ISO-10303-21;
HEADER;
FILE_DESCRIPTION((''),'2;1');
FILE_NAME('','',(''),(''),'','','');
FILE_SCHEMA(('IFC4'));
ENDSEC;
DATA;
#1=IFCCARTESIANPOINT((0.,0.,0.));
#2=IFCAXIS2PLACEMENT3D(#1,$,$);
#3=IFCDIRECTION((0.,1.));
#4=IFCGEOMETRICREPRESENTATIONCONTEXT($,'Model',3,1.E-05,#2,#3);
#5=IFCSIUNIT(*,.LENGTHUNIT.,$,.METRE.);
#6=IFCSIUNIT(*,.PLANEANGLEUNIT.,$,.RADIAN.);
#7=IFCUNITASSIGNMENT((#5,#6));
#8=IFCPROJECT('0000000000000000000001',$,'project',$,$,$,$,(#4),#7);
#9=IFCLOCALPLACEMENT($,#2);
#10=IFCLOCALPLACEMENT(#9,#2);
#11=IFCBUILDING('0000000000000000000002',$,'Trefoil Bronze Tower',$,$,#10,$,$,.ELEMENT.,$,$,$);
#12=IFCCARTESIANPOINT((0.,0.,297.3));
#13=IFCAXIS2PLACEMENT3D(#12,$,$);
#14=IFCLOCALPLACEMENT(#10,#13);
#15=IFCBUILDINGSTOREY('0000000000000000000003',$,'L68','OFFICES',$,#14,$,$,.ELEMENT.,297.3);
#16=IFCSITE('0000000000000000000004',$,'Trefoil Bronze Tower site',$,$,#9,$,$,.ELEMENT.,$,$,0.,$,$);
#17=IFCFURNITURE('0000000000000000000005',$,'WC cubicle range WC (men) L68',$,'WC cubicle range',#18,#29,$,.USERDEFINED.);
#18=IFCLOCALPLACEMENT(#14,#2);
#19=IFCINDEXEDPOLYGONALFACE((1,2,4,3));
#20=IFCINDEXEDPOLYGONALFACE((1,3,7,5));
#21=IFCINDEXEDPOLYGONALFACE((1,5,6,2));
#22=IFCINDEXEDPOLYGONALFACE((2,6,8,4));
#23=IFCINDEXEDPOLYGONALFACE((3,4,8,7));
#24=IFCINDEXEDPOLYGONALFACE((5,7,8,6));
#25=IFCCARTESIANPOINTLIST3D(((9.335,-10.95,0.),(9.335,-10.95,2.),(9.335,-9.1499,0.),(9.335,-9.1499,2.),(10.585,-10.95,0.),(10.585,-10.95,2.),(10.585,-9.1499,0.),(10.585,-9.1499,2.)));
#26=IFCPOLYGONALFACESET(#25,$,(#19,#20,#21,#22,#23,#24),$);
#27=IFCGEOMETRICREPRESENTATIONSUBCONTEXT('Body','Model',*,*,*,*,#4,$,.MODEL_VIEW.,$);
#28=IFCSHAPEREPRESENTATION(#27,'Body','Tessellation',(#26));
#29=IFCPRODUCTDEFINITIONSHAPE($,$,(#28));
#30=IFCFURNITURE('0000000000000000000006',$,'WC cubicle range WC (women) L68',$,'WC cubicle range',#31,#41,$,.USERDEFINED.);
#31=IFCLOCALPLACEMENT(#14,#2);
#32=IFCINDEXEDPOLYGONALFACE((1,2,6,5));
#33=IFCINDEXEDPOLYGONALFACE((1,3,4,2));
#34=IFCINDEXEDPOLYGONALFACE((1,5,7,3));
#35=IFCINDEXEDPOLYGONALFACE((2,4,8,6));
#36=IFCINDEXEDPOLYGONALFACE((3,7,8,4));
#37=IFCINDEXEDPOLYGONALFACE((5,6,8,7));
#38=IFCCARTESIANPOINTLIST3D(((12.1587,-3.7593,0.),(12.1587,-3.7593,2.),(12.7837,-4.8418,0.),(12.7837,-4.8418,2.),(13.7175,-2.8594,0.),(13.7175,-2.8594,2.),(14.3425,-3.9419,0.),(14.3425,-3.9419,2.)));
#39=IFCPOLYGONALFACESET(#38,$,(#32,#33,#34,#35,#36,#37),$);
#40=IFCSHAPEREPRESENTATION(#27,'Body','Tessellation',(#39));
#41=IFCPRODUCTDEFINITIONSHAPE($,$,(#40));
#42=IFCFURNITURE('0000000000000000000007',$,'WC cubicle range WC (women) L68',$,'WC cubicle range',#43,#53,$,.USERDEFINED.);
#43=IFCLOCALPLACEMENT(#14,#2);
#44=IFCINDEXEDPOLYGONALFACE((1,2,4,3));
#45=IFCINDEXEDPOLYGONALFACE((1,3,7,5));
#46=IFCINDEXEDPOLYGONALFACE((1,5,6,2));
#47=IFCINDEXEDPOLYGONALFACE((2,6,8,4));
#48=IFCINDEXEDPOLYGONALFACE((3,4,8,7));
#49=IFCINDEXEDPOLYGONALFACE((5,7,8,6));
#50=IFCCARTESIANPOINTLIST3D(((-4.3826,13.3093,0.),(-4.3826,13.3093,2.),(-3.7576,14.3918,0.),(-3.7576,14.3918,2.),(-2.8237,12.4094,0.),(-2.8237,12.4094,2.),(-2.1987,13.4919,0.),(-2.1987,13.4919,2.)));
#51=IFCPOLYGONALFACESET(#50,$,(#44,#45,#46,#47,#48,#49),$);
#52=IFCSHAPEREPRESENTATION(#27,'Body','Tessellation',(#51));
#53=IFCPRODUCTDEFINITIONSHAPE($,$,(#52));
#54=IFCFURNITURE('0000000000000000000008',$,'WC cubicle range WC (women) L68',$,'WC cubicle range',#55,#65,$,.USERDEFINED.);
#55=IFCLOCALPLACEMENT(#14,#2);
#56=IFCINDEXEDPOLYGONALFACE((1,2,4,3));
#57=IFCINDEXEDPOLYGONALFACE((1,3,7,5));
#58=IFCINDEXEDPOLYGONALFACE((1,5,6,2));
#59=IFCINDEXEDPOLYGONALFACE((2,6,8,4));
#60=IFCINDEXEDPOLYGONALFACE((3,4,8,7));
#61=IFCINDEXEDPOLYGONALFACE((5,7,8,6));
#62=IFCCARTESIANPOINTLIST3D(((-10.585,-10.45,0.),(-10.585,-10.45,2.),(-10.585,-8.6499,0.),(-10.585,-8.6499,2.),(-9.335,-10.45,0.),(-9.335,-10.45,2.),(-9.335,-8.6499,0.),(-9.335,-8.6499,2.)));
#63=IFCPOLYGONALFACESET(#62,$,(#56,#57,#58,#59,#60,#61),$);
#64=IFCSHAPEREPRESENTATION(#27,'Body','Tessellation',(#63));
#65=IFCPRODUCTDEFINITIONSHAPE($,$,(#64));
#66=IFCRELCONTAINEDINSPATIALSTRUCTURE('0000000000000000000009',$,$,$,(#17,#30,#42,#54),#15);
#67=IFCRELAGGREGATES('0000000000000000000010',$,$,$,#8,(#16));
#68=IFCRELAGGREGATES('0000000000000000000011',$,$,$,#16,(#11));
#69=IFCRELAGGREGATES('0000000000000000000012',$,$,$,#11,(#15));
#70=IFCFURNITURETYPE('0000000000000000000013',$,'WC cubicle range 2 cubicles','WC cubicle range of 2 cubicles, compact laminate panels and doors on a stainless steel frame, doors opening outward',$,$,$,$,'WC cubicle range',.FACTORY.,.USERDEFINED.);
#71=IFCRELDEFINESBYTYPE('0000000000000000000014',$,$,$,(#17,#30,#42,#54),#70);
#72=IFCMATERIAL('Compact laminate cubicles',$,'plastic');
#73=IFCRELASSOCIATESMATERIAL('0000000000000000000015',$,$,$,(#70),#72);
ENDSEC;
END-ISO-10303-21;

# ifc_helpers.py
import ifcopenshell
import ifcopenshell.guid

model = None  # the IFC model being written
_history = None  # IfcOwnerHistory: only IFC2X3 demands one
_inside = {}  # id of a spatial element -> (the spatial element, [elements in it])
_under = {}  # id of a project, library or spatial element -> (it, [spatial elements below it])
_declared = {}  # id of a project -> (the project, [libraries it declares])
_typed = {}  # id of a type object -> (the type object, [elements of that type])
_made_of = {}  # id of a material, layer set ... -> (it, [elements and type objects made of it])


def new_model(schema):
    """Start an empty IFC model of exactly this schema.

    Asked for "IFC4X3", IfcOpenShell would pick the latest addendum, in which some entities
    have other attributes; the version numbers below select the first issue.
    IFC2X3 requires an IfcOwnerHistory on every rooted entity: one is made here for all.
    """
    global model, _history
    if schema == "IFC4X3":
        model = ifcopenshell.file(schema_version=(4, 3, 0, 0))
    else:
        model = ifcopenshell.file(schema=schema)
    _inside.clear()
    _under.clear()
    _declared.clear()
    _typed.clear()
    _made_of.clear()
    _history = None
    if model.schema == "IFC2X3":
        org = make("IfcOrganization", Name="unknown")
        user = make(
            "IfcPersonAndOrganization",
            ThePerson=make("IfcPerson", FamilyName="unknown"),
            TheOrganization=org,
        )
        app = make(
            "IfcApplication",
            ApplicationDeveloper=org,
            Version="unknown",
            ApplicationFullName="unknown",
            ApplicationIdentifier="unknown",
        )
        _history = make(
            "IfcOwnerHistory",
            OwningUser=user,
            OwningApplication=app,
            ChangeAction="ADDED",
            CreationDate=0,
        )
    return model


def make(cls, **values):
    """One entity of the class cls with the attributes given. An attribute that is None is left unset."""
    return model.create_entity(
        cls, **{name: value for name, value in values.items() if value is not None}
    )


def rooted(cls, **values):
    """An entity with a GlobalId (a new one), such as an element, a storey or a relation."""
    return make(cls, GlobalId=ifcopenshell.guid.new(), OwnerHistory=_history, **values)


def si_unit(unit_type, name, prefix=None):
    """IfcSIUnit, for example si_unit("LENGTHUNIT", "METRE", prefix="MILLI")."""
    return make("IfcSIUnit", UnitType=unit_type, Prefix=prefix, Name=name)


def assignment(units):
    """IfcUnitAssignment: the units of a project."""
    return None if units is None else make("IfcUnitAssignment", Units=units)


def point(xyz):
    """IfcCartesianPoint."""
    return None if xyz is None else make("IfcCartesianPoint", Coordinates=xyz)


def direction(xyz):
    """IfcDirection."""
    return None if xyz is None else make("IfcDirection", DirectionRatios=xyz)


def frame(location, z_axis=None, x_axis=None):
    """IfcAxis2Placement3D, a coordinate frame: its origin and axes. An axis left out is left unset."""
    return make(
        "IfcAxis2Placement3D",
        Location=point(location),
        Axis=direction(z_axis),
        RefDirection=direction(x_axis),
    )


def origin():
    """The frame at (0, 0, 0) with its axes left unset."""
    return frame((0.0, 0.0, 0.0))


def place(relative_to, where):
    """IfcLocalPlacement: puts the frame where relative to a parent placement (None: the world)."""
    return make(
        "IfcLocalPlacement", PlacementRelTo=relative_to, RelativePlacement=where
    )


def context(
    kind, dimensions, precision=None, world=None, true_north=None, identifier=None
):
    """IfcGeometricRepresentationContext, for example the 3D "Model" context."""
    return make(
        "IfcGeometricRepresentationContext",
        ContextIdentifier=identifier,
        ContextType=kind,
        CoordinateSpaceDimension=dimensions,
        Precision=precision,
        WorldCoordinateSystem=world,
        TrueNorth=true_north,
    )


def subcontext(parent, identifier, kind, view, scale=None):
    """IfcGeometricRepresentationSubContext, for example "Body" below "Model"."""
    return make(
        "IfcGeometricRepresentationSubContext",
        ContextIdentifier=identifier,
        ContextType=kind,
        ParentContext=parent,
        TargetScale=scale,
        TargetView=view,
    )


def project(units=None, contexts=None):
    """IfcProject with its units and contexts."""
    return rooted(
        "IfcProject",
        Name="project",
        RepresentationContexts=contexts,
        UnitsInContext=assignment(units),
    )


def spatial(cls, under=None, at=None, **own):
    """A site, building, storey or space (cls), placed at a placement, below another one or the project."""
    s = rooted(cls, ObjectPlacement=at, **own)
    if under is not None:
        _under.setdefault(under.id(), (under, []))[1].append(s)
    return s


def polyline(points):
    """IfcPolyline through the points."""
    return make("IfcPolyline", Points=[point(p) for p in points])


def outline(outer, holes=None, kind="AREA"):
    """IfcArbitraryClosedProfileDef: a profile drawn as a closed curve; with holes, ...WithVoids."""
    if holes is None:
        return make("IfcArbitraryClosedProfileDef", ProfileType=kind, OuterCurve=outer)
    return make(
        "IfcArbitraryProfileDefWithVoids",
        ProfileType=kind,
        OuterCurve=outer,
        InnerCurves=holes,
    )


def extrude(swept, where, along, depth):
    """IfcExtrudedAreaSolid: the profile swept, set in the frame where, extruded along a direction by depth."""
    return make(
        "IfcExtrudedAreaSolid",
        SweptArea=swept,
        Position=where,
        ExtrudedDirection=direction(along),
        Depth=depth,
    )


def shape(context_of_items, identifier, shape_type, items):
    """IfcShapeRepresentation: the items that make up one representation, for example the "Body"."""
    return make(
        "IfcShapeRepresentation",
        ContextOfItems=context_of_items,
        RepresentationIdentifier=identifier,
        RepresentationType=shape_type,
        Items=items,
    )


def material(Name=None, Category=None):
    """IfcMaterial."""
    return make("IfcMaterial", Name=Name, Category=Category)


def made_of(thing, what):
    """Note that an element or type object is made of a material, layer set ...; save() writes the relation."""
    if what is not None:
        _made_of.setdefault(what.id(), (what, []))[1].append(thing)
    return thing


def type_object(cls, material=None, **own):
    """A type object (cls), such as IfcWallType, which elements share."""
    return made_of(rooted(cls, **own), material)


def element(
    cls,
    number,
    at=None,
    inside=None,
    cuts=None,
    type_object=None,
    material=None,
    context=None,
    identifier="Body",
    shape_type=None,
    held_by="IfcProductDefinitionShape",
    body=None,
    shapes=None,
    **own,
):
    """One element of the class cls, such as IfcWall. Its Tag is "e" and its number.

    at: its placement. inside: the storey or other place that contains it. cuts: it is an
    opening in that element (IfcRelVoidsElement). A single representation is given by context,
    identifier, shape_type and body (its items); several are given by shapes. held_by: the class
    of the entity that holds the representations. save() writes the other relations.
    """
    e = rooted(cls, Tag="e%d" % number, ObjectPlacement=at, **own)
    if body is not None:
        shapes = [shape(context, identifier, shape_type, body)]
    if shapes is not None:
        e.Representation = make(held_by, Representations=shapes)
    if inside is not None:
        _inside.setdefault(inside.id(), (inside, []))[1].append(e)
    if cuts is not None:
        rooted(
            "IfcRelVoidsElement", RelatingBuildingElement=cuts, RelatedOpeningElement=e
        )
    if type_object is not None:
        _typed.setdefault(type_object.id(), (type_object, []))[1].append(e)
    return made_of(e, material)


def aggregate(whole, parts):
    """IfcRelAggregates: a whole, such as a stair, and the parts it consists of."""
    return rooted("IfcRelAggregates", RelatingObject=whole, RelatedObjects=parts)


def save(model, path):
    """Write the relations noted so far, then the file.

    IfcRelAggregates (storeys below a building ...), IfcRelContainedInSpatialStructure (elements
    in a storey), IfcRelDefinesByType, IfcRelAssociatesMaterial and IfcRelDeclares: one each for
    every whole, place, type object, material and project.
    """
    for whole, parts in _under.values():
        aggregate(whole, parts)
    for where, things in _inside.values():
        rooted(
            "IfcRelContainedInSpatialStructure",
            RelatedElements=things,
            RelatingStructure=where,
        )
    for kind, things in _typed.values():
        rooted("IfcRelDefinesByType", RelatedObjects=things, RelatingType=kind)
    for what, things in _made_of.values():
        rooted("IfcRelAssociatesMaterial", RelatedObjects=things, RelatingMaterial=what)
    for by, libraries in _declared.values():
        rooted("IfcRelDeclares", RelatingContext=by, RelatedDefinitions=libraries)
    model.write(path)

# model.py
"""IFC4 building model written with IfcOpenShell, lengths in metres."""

from ifc_helpers import new_model, si_unit, direction, frame, origin, place, context, subcontext, project, spatial, polyline, outline, extrude, material, type_object, element, save


model = new_model("IFC4")

# Units and contexts
model_context = context("Model", 3, precision=1e-05, world=origin(), true_north=direction((0.0, 1.0)))
body_context = subcontext(model_context, "Body", "Model", "MODEL_VIEW")
ifc_project = project(units=[si_unit("LENGTHUNIT", "METRE"), si_unit("PLANEANGLEUNIT", "RADIAN")], contexts=[model_context])

# Site, building, storey
site_placement = place(None, origin())
site = spatial("IfcSite", under=ifc_project, at=site_placement, Name="Trefoil Bronze Tower site", CompositionType="ELEMENT", RefElevation=0.0)
building_placement = place(site_placement, origin())
building = spatial("IfcBuilding", under=site, at=building_placement, Name="Trefoil Bronze Tower", CompositionType="ELEMENT")
storey_placement = place(building_placement, frame((0.0, 0.0, 297.3)))
storey = spatial("IfcBuildingStorey", under=building, at=storey_placement, Name="L68", Description="OFFICES", CompositionType="ELEMENT", Elevation=297.3)

# Furniture
ifc_material_1 = material(Name="Compact laminate cubicles", Category="plastic")
furniture_type_1 = type_object("IfcFurnitureType", Name="WC cubicle range 2 cubicles", Description="WC cubicle range of 2 cubicles, compact laminate panels and doors on a stainless steel frame, doors opening outward", ElementType="WC cubicle range", AssemblyPlace="FACTORY", PredefinedType="USERDEFINED", material=ifc_material_1)
furniture_1_placement = place(storey_placement, origin())
element("IfcFurniture", 1, at=furniture_1_placement, inside=storey, type_object=furniture_type_1, Name="WC cubicle range WC (men) L68", ObjectType="WC cubicle range", PredefinedType="USERDEFINED", context=body_context, shape_type="SweptSolid", body=[
    extrude(outline(polyline([(9.335, -9.1499), (10.585, -9.1499), (10.585, -10.95), (9.335, -10.95), (9.335, -9.1499)])), origin(), (0.0, 0.0, 1.0), 2.0),
])
furniture_2_placement = place(storey_placement, origin())
element("IfcFurniture", 2, at=furniture_2_placement, inside=storey, type_object=furniture_type_1, Name="WC cubicle range WC (women) L68", ObjectType="WC cubicle range", PredefinedType="USERDEFINED", context=body_context, shape_type="SweptSolid", body=[
    extrude(outline(polyline([(12.1587, -3.7593), (12.7837, -4.8418), (14.3425, -3.9419), (13.7175, -2.8594), (12.1587, -3.7593)])), origin(), (0.0, 0.0, 1.0), 2.0),
])
furniture_3_placement = place(storey_placement, origin())
element("IfcFurniture", 3, at=furniture_3_placement, inside=storey, type_object=furniture_type_1, Name="WC cubicle range WC (women) L68", ObjectType="WC cubicle range", PredefinedType="USERDEFINED", context=body_context, shape_type="SweptSolid", body=[
    extrude(outline(polyline([(-2.8237, 12.4094), (-2.1987, 13.4919), (-3.7576, 14.3918), (-4.3826, 13.3093), (-2.8237, 12.4094)])), origin(), (0.0, 0.0, 1.0), 2.0),
])
furniture_4_placement = place(storey_placement, origin())
element("IfcFurniture", 4, at=furniture_4_placement, inside=storey, type_object=furniture_type_1, Name="WC cubicle range WC (women) L68", ObjectType="WC cubicle range", PredefinedType="USERDEFINED", context=body_context, shape_type="SweptSolid", body=[
    extrude(outline(polyline([(-9.335, -8.6499), (-10.585, -8.6499), (-10.585, -10.45), (-9.335, -10.45), (-9.335, -8.6499)])), origin(), (0.0, 0.0, 1.0), 2.0),
])

save(model, "model.ifc")
